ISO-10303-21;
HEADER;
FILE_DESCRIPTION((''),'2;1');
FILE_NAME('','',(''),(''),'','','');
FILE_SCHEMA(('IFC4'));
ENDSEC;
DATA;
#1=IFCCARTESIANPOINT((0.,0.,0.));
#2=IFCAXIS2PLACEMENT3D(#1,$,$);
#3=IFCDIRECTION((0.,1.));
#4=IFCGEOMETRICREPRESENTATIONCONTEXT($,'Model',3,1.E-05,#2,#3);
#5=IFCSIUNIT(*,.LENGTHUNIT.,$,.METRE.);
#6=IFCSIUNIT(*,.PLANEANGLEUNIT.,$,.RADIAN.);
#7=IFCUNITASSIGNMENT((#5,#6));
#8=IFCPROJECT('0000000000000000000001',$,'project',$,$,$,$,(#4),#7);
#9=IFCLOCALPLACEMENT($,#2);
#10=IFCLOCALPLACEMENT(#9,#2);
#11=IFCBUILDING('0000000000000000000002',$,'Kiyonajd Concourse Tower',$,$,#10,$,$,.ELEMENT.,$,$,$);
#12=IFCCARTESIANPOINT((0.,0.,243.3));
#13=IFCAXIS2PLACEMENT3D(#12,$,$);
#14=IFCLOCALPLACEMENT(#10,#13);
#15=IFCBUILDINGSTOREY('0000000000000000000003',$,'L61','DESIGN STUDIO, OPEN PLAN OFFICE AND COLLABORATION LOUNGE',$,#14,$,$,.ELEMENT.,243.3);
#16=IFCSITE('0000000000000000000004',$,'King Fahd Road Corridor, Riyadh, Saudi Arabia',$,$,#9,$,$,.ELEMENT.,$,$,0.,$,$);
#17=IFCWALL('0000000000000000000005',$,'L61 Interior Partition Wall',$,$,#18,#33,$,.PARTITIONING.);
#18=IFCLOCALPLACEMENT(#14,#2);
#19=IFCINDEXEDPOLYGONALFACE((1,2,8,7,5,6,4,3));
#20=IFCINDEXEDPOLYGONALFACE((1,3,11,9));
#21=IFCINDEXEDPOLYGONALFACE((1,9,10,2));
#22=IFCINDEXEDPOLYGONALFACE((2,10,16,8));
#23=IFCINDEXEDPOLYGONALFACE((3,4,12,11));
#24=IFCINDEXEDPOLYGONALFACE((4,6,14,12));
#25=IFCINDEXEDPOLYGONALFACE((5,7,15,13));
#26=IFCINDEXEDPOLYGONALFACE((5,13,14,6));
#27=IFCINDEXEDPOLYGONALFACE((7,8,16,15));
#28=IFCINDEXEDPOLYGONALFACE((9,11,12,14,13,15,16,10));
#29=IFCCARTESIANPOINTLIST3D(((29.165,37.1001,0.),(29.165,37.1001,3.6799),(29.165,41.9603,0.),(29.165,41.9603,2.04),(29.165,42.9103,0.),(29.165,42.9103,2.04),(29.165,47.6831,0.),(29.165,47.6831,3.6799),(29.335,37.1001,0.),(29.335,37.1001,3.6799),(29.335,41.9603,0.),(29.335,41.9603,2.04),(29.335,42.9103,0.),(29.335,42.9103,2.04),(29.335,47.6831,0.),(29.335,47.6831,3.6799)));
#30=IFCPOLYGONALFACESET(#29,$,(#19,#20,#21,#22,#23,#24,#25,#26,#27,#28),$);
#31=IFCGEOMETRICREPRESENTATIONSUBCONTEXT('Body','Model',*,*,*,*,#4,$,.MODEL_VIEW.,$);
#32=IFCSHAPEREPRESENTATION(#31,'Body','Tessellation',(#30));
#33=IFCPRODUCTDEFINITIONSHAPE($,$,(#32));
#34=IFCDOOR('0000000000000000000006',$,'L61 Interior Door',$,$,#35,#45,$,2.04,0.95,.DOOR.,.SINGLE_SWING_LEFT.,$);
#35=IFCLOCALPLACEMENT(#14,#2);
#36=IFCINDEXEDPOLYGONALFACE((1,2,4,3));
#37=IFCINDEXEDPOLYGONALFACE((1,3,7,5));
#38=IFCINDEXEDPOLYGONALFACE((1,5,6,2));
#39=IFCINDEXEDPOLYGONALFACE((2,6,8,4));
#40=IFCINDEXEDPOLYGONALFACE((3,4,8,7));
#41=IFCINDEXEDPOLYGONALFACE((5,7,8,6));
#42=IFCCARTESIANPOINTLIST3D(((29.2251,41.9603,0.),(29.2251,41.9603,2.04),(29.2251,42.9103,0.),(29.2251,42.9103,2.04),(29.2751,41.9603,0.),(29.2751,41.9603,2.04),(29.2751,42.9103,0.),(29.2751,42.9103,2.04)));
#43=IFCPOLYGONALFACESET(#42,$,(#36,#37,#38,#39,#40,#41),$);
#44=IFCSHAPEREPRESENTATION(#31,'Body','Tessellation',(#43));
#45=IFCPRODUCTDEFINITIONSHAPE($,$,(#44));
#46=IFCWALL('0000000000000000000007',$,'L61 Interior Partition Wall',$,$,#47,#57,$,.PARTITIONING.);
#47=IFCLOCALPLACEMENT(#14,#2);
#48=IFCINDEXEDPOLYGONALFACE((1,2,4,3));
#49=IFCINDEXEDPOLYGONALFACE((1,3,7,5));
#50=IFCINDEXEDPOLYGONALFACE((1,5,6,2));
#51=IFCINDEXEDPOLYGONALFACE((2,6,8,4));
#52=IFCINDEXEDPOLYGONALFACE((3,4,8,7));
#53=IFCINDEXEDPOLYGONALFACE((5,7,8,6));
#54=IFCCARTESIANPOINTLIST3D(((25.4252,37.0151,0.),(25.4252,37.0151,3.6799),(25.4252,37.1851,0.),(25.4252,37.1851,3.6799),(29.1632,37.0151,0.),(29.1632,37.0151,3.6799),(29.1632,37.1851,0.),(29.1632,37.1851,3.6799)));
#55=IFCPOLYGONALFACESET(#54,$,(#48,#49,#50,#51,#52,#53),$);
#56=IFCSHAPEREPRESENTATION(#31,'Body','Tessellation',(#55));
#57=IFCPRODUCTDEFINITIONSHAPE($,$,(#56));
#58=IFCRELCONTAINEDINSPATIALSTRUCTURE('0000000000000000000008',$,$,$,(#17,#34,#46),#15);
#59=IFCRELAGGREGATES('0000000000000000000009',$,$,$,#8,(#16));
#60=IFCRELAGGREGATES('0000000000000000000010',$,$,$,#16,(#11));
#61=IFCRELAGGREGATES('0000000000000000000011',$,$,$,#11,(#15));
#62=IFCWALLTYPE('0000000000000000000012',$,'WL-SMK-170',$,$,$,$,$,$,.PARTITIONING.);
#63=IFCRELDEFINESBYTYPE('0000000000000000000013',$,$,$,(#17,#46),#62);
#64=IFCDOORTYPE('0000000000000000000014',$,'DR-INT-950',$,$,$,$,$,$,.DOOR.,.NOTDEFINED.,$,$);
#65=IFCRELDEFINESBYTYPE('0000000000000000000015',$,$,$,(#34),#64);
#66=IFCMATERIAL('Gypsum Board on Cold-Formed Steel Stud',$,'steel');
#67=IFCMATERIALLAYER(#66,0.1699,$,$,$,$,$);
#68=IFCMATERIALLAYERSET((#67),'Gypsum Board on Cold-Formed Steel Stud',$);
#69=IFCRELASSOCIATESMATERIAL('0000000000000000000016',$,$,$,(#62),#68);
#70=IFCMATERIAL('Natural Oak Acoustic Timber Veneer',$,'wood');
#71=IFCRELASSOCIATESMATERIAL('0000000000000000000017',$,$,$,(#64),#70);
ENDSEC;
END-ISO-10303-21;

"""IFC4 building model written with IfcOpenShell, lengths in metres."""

from ifc_helpers import new_model, si_unit, direction, frame, frame_2d, origin, place, context, subcontext, project, spatial, rectangle, extrude, material, layer, layer_set, type_object, element, fill, save


model = new_model("IFC4")

# Units and contexts
model_context = context("Model", 3, precision=1e-05, world=origin(), true_north=direction((0.0, 1.0)))
body_context = subcontext(model_context, "Body", "Model", "MODEL_VIEW")
ifc_project = project(units=[si_unit("LENGTHUNIT", "METRE"), si_unit("PLANEANGLEUNIT", "RADIAN")], contexts=[model_context])

# Site, building, storey
site_placement = place(None, origin())
site = spatial("IfcSite", under=ifc_project, at=site_placement, Name="King Fahd Road Corridor, Riyadh, Saudi Arabia", CompositionType="ELEMENT", RefElevation=0.0)
building_placement = place(site_placement, origin())
building = spatial("IfcBuilding", under=site, at=building_placement, Name="Kiyonajd Concourse Tower", CompositionType="ELEMENT")
storey_placement = place(building_placement, frame((0.0, 0.0, 243.3)))
storey = spatial("IfcBuildingStorey", under=building, at=storey_placement, Name="L61", Description="DESIGN STUDIO, OPEN PLAN OFFICE AND COLLABORATION LOUNGE", CompositionType="ELEMENT", Elevation=243.3)

# Wall, opening, door
ifc_material_1 = material(Name="Gypsum Board on Cold-Formed Steel Stud", Category="steel")
ifc_layer_1 = layer(ifc_material_1, 0.1699)
ifc_layer_set_1 = layer_set([ifc_layer_1], Name="Gypsum Board on Cold-Formed Steel Stud")
wall_type = type_object("IfcWallType", Name="WL-SMK-170", PredefinedType="PARTITIONING", material=ifc_layer_set_1)
wall_1_placement = place(storey_placement, frame((29.25, 37.1001, 0.0), z_axis=(0.0, 0.0, 1.0), x_axis=(0.0, 1.0, 0.0)))
wall_1 = element("IfcWall", 1, at=wall_1_placement, inside=storey, type_object=wall_type, Name="L61 Interior Partition Wall", PredefinedType="PARTITIONING", context=body_context, shape_type="SweptSolid", body=[
    extrude(rectangle(XDim=10.583, YDim=0.1699, at=frame_2d((5.2915, 0.0))), origin(), (0.0, 0.0, 1.0), 3.6799),
])
opening_placement = place(wall_1_placement, frame((4.8601, 0.0, 0.0)))
opening = element("IfcOpeningElement", 2, at=opening_placement, cuts=wall_1, PredefinedType="OPENING", context=body_context, shape_type="SweptSolid", body=[
    extrude(rectangle(XDim=0.95, YDim=2.04, at=frame_2d((0.4751, 1.02))), frame((0.0, 0.095, 0.0), z_axis=(0.0, -1.0, 0.0), x_axis=(1.0, 0.0, 0.0)), (0.0, 0.0, 1.0), 0.1899),
])
ifc_material_2 = material(Name="Natural Oak Acoustic Timber Veneer", Category="wood")
door_type = type_object("IfcDoorType", Name="DR-INT-950", OperationType="NOTDEFINED", PredefinedType="DOOR", material=ifc_material_2)
door_placement = place(opening_placement, origin())
door = element("IfcDoor", 3, at=door_placement, inside=storey, type_object=door_type, Name="L61 Interior Door", OperationType="SINGLE_SWING_LEFT", OverallHeight=2.04, OverallWidth=0.95, PredefinedType="DOOR", context=body_context, shape_type="SweptSolid", body=[
    extrude(rectangle(XDim=0.95, YDim=2.04, at=frame_2d((0.4751, 1.02))), frame((0.0, 0.0249, 0.0), z_axis=(0.0, -1.0, 0.0), x_axis=(1.0, 0.0, 0.0)), (0.0, 0.0, 1.0), 0.05),
])
fill(opening, door)

# Wall
wall_2_placement = place(storey_placement, frame((25.425, 37.1001, 0.0), z_axis=(0.0, 0.0, 1.0), x_axis=(1.0, 0.0, 0.0)))
element("IfcWall", 4, at=wall_2_placement, inside=storey, type_object=wall_type, Name="L61 Interior Partition Wall", PredefinedType="PARTITIONING", context=body_context, shape_type="SweptSolid", body=[
    extrude(rectangle(XDim=3.738, YDim=0.1699, at=frame_2d((1.8691, 0.0))), origin(), (0.0, 0.0, 1.0), 3.6799),
])

save(model, "model.ifc")
